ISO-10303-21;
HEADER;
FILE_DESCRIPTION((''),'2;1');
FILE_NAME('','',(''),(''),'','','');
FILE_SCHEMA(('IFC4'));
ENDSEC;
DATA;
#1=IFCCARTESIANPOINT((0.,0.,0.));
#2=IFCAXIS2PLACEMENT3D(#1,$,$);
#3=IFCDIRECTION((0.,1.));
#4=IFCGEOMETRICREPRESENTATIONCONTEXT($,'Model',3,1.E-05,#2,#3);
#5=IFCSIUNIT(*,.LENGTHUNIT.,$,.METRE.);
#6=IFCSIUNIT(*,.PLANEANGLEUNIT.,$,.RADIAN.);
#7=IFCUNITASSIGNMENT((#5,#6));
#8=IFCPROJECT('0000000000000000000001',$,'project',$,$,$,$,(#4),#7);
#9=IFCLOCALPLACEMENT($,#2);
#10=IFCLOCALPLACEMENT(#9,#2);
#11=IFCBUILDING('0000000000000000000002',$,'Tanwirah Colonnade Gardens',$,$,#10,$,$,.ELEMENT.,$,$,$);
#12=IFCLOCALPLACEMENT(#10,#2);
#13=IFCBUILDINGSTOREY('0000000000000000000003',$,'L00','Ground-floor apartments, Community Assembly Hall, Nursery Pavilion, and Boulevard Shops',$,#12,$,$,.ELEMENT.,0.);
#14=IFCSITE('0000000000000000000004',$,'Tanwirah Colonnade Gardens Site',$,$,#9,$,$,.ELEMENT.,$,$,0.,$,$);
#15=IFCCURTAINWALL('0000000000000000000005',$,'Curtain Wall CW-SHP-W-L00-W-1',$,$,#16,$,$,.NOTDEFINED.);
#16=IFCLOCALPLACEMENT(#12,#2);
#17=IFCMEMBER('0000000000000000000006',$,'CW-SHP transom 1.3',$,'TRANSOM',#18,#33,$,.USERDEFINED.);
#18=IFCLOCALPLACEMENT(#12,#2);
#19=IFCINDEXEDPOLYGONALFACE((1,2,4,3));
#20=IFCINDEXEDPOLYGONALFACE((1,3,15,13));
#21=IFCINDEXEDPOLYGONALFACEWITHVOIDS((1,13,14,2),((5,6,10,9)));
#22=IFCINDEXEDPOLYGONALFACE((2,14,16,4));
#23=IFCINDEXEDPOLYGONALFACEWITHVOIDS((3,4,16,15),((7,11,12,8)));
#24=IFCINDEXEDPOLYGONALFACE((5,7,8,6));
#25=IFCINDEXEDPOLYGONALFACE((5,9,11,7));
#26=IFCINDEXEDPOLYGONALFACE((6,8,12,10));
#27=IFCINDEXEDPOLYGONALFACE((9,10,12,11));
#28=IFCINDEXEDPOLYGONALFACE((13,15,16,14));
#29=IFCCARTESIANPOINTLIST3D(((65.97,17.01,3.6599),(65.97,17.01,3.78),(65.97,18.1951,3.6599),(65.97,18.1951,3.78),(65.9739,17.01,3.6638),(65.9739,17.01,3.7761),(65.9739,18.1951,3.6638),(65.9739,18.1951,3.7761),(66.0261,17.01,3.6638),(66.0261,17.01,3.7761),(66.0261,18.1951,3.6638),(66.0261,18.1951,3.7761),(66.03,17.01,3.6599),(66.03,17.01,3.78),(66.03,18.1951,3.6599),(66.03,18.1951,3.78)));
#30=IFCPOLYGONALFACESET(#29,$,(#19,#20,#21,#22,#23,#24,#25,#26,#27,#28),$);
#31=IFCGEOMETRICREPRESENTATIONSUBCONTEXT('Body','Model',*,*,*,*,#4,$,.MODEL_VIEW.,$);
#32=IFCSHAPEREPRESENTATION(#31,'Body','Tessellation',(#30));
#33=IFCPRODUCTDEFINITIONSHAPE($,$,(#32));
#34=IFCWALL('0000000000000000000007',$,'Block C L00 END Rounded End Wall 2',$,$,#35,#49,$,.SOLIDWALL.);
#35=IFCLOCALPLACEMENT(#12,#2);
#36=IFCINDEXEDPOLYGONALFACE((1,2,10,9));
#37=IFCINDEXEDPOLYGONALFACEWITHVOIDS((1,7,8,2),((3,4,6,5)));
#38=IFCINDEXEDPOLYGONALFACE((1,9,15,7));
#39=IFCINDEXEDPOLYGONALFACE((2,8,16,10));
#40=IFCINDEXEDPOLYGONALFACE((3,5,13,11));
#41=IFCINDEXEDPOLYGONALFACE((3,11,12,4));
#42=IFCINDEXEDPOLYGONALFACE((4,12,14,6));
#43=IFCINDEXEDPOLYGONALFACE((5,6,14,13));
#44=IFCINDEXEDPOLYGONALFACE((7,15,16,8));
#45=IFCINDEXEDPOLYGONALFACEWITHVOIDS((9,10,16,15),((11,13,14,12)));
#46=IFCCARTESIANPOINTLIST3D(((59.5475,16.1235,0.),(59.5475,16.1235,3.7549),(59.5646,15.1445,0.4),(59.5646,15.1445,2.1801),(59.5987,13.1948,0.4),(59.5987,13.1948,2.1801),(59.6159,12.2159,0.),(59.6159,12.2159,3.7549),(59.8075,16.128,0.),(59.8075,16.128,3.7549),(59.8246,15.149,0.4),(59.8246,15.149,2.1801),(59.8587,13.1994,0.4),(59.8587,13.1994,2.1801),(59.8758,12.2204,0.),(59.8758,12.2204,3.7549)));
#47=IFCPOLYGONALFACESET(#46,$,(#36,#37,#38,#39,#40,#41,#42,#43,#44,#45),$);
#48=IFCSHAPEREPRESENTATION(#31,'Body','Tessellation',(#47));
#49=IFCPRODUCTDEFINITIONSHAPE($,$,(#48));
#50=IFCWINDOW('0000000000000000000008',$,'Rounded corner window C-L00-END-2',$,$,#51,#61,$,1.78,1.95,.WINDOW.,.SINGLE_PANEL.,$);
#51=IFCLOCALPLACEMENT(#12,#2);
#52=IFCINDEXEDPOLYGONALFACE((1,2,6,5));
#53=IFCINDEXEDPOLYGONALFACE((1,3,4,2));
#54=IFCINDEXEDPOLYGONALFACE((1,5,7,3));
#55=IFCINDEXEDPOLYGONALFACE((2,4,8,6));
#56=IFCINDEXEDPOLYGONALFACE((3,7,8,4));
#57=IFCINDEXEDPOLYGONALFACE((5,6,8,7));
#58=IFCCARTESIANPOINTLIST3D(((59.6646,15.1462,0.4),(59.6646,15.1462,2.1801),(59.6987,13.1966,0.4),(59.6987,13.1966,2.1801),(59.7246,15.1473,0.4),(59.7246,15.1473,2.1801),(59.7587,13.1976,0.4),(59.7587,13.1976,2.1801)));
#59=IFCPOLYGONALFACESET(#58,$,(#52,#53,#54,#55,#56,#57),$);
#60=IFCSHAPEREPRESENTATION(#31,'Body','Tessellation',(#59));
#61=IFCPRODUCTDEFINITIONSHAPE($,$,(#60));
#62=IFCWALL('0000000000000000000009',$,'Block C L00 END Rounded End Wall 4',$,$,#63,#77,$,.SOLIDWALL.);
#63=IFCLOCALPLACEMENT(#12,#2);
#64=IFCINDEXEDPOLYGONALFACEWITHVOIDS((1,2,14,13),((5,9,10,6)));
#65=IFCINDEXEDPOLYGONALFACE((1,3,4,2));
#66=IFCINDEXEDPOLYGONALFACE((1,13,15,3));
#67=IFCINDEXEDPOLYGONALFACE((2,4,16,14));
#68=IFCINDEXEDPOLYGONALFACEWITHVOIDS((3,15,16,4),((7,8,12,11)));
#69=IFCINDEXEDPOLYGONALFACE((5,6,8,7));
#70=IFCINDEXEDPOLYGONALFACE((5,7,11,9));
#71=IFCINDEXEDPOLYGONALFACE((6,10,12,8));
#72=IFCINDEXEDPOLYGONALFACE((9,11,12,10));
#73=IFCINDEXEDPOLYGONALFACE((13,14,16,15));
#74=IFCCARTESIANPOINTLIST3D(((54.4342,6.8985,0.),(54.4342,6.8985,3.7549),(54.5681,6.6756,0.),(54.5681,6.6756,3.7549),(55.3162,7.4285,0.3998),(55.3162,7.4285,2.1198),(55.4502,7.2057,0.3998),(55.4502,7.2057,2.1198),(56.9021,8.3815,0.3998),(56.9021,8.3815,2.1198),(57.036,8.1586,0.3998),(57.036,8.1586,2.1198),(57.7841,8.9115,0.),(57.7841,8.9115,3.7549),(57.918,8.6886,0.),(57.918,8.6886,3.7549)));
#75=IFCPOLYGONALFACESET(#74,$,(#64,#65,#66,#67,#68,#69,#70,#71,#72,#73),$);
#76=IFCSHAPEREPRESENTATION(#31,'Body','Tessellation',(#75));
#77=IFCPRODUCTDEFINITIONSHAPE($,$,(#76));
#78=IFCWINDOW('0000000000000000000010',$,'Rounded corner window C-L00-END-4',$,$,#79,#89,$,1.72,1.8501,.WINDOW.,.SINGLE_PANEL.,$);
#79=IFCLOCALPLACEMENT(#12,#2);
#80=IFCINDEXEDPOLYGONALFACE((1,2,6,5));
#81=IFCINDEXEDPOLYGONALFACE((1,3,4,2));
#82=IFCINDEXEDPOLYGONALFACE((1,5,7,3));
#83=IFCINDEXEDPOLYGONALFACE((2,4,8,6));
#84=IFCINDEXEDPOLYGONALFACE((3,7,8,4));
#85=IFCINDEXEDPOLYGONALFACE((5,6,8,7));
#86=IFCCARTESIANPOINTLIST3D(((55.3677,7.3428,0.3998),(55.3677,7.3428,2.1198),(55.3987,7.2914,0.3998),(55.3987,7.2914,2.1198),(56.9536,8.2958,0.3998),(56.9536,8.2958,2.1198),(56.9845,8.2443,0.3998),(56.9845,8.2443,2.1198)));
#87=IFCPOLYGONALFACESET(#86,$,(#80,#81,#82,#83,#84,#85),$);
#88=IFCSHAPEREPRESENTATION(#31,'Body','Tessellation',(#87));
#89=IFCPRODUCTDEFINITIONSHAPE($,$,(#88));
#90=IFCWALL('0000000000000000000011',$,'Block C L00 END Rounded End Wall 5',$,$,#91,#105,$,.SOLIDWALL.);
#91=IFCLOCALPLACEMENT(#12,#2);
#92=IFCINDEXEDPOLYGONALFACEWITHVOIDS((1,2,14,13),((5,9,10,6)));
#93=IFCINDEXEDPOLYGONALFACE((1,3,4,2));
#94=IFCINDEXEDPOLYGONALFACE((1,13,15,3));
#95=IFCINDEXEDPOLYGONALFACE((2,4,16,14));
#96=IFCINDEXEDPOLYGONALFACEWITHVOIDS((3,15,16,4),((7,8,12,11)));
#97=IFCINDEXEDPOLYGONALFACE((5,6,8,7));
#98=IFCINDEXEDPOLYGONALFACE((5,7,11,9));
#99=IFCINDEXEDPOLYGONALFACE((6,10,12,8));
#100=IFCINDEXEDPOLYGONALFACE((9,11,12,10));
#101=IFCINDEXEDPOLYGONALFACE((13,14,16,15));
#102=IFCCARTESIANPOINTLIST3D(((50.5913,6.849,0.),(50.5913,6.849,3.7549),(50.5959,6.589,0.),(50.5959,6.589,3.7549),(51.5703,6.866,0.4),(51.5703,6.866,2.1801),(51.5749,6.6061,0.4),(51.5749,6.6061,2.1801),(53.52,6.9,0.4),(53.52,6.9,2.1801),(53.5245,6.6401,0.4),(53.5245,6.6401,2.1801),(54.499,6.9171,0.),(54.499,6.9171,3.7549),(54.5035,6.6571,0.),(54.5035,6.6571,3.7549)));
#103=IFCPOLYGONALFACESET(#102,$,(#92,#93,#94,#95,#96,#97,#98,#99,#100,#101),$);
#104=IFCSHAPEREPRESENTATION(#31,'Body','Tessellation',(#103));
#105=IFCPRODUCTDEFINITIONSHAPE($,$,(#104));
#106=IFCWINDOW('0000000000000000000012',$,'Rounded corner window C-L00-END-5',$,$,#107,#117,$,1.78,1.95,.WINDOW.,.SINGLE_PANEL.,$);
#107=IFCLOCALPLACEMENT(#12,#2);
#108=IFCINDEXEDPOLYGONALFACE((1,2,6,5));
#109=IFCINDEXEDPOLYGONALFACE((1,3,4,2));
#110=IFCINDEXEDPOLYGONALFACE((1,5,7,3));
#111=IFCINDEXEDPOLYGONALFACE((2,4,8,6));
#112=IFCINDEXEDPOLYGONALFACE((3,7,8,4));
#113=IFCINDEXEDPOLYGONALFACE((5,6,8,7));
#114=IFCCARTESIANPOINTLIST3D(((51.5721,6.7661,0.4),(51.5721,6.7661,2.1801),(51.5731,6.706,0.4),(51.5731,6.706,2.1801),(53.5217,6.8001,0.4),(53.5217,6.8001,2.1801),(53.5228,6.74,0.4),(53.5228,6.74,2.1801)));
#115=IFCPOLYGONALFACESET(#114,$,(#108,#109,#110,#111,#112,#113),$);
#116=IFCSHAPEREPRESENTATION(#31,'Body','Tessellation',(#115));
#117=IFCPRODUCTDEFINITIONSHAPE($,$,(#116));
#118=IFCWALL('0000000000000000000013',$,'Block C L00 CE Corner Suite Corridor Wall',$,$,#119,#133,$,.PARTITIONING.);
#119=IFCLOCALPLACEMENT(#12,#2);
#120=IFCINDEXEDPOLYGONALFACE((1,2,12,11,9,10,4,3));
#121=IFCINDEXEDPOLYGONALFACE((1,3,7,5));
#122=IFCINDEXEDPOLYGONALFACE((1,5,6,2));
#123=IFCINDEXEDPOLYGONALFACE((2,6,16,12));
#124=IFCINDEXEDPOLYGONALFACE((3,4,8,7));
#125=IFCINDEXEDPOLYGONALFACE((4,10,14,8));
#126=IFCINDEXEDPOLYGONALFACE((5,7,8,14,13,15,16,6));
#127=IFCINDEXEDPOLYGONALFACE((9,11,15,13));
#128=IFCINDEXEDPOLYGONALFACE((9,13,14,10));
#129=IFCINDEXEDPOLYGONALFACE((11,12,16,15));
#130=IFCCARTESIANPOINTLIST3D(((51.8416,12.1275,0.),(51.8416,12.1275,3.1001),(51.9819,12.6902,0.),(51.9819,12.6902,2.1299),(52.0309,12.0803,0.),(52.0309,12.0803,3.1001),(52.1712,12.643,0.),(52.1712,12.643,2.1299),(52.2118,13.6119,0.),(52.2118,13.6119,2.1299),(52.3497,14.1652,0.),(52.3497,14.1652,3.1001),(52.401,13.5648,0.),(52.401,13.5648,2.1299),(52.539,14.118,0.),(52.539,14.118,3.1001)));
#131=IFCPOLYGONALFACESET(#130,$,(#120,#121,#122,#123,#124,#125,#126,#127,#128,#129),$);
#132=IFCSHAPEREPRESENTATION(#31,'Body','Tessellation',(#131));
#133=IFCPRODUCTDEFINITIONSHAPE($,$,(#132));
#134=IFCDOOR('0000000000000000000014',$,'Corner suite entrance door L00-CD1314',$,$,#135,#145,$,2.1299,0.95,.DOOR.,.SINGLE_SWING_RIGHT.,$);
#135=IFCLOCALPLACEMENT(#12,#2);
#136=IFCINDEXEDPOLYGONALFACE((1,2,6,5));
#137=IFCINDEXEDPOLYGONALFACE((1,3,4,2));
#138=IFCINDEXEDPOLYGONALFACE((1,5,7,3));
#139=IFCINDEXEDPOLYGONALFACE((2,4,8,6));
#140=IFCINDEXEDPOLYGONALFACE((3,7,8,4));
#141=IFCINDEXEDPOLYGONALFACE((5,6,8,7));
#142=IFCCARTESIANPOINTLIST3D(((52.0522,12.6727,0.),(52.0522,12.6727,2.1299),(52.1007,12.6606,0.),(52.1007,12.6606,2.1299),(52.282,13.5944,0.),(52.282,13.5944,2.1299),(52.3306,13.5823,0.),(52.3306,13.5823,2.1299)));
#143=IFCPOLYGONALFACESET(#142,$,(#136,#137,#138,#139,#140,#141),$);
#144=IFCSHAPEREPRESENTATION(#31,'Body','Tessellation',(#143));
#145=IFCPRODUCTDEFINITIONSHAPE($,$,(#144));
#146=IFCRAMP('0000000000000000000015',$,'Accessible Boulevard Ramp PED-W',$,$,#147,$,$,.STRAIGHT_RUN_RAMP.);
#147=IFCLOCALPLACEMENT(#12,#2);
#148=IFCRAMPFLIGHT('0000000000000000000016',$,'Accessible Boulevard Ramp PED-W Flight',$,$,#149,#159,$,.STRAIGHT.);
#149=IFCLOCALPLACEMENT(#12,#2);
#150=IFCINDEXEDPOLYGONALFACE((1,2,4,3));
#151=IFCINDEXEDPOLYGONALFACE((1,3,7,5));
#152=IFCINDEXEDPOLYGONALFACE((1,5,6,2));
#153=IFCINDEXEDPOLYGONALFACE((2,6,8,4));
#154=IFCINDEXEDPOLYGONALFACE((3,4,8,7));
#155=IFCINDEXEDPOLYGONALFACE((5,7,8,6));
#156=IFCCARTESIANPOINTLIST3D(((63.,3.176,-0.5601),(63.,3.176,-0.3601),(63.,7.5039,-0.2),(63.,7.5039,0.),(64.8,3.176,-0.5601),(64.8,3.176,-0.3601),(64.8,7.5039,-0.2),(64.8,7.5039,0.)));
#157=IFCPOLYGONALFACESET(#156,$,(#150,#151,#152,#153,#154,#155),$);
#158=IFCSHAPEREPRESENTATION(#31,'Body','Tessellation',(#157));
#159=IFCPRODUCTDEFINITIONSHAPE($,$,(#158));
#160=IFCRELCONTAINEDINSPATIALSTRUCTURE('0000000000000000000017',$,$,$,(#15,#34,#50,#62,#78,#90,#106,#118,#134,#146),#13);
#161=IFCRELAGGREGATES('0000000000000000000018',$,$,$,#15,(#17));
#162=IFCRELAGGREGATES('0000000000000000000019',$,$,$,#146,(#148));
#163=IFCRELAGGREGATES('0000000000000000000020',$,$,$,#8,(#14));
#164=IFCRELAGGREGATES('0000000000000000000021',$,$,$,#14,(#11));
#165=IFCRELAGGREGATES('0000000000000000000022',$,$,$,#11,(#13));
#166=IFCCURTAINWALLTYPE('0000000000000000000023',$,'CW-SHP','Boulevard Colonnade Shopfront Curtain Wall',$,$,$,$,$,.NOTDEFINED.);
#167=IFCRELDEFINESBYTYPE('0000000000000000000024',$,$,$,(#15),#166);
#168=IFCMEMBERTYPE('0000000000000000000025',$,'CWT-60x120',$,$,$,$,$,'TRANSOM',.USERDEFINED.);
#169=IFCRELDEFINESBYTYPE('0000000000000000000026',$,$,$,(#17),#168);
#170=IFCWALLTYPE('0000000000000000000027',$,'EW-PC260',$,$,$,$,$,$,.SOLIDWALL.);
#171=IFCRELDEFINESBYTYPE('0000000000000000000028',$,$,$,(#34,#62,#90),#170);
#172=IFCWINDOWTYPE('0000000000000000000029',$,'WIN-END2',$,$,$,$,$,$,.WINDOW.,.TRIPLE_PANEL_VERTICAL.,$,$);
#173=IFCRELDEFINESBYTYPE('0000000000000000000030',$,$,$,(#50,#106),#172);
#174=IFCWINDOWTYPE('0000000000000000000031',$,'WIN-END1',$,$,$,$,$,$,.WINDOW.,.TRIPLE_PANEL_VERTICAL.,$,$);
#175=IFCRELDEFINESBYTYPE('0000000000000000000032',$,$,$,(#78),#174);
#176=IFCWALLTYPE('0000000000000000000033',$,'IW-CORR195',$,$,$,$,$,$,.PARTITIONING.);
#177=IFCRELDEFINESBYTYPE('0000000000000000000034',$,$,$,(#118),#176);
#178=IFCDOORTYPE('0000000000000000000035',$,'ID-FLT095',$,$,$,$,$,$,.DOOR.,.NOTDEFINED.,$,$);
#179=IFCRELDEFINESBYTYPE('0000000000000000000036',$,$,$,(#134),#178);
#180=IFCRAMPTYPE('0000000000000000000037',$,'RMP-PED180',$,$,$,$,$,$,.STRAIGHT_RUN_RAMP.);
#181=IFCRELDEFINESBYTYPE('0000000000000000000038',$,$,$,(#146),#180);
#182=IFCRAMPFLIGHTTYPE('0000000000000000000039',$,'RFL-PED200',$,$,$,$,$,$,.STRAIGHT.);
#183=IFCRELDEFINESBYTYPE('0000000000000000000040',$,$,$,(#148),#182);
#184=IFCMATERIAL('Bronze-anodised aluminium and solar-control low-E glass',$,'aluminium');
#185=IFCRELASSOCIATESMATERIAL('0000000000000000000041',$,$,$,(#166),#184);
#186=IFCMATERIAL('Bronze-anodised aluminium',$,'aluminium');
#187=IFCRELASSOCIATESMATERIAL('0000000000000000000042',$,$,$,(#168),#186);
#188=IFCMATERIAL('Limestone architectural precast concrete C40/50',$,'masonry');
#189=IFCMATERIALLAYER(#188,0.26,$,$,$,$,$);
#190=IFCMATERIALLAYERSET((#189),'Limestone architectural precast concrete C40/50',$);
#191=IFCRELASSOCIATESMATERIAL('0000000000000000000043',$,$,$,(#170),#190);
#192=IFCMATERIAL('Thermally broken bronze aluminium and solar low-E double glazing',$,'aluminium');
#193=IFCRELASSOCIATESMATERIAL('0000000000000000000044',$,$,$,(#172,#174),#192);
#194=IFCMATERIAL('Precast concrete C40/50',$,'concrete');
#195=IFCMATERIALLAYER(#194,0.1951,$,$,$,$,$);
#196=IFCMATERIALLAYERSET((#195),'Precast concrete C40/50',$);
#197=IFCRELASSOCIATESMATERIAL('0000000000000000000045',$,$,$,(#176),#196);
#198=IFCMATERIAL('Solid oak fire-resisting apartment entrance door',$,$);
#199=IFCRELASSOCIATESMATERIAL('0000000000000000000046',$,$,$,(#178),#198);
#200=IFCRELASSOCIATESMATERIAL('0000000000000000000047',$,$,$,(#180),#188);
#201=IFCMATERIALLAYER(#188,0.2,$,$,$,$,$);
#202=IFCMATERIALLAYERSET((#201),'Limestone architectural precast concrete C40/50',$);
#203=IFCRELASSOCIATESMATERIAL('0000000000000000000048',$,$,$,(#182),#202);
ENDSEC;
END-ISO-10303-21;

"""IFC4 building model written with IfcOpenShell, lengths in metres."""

from ifc_helpers import new_model, si_unit, direction, frame, frame_2d, origin, origin_2d, place, context, subcontext, project, spatial, polyline, rectangle, hollow_rectangle, outline, extrude, material, layer, layer_set, material_profile, profile_set, type_object, element, fill, aggregate, save


model = new_model("IFC4")

# Units and contexts
model_context = context("Model", 3, precision=1e-05, world=origin(), true_north=direction((0.0, 1.0)))
body_context = subcontext(model_context, "Body", "Model", "MODEL_VIEW")
ifc_project = project(units=[si_unit("LENGTHUNIT", "METRE"), si_unit("PLANEANGLEUNIT", "RADIAN")], contexts=[model_context])

# Site, building, storey
site_placement = place(None, origin())
site = spatial("IfcSite", under=ifc_project, at=site_placement, Name="Tanwirah Colonnade Gardens Site", CompositionType="ELEMENT", RefElevation=0.0)
building_placement = place(site_placement, origin())
building = spatial("IfcBuilding", under=site, at=building_placement, Name="Tanwirah Colonnade Gardens", CompositionType="ELEMENT")
storey_placement = place(building_placement, origin())
storey = spatial("IfcBuildingStorey", under=building, at=storey_placement, Name="L00", Description="Ground-floor apartments, Community Assembly Hall, Nursery Pavilion, and Boulevard Shops", CompositionType="ELEMENT", Elevation=0.0)

# Shared definitions
ifc_material_1 = material(Name="Precast concrete C40/50", Category="concrete")

# Curtain wall, member
ifc_material_2 = material(Name="Bronze-anodised aluminium and solar-control low-E glass", Category="aluminium")
curtain_wall_type = type_object("IfcCurtainWallType", Name="CW-SHP", Description="Boulevard Colonnade Shopfront Curtain Wall", PredefinedType="NOTDEFINED", material=ifc_material_2)
curtain_wall_placement = place(storey_placement, origin())
curtain_wall = element("IfcCurtainWall", 1, at=curtain_wall_placement, inside=storey, type_object=curtain_wall_type, Name="Curtain Wall CW-SHP-W-L00-W-1", PredefinedType="NOTDEFINED")
ifc_material_3 = material(Name="Bronze-anodised aluminium", Category="aluminium")
ifc_material_profile_1 = material_profile(ifc_material_3, hollow_rectangle(XDim=0.0601, YDim=0.1201, WallThickness=0.0039, at=origin_2d()), Name="CW-TRN 60x120x4")
ifc_profile_set_1 = profile_set([ifc_material_profile_1], Name="Bronze-anodised aluminium")
member_type_1 = type_object("IfcMemberType", Name="CWT-60x120", ElementType="TRANSOM", PredefinedType="USERDEFINED", material=ifc_profile_set_1)
member_1_placement = place(storey_placement, frame((66.0, 17.01, 3.72), z_axis=(0.0, 1.0, 0.0), x_axis=(-1.0, 0.0, 0.0)))
member_1 = element("IfcMember", 2, at=member_1_placement, type_object=member_type_1, Name="CW-SHP transom 1.3", ObjectType="TRANSOM", PredefinedType="USERDEFINED", context=body_context, shape_type="SweptSolid", body=[
    extrude(hollow_rectangle(XDim=0.0601, YDim=0.1201, WallThickness=0.0039, at=origin_2d()), origin(), (0.0, 0.0, 1.0), 1.1851),
])
aggregate(curtain_wall, [member_1])

# Walls, openings, windows
ifc_material_4 = material(Name="Limestone architectural precast concrete C40/50", Category="masonry")
ifc_layer_1 = layer(ifc_material_4, 0.26)
ifc_layer_set_1 = layer_set([ifc_layer_1], Name="Limestone architectural precast concrete C40/50")
wall_type_1 = type_object("IfcWallType", Name="EW-PC260", PredefinedType="SOLIDWALL", material=ifc_layer_set_1)
wall_1_placement = place(storey_placement, frame((59.6775, 16.1257, 0.0), z_axis=(0.0, 0.0, 1.0), x_axis=(0.017491, -0.999847, 0.0)))
wall_1 = element("IfcWall", 3, at=wall_1_placement, inside=storey, type_object=wall_type_1, Name="Block C L00 END Rounded End Wall 2", PredefinedType="SOLIDWALL", context=body_context, shape_type="SweptSolid", body=[
    extrude(rectangle(XDim=3.9082, YDim=0.26, at=frame_2d((1.9541, 0.0))), origin(), (0.0, 0.0, 1.0), 3.7549),
])
opening_1_placement = place(wall_1_placement, frame((0.979, 0.0, 0.3999)))
opening_1 = element("IfcOpeningElement", 4, at=opening_1_placement, cuts=wall_1, PredefinedType="OPENING", context=body_context, shape_type="SweptSolid", body=[
    extrude(rectangle(XDim=1.95, YDim=1.78, at=frame_2d((0.9751, 0.8901))), frame((0.0, 0.1399, 0.0), z_axis=(0.0, -1.0, 0.0), x_axis=(1.0, 0.0, 0.0)), (0.0, 0.0, 1.0), 0.28),
])
ifc_material_5 = material(Name="Thermally broken bronze aluminium and solar low-E double glazing", Category="aluminium")
window_type_1 = type_object("IfcWindowType", Name="WIN-END2", PartitioningType="TRIPLE_PANEL_VERTICAL", PredefinedType="WINDOW", material=ifc_material_5)
window_1_placement = place(opening_1_placement, origin())
window_1 = element("IfcWindow", 5, at=window_1_placement, inside=storey, type_object=window_type_1, Name="Rounded corner window C-L00-END-2", OverallHeight=1.78, OverallWidth=1.95, PartitioningType="SINGLE_PANEL", PredefinedType="WINDOW", context=body_context, shape_type="SweptSolid", body=[
    extrude(rectangle(XDim=1.95, YDim=1.78, at=frame_2d((0.9751, 0.8901))), frame((0.0, 0.03, 0.0), z_axis=(0.0, -1.0, 0.0), x_axis=(1.0, 0.0, 0.0)), (0.0, 0.0, 1.0), 0.0601),
])
fill(opening_1, window_1)
wall_2_placement = place(storey_placement, frame((57.8511, 8.8, 0.0), z_axis=(0.0, 0.0, 1.0), x_axis=(-0.857151, -0.515065, 0.0)))
wall_2 = element("IfcWall", 6, at=wall_2_placement, inside=storey, type_object=wall_type_1, Name="Block C L00 END Rounded End Wall 4", PredefinedType="SOLIDWALL", context=body_context, shape_type="SweptSolid", body=[
    extrude(rectangle(XDim=3.9082, YDim=0.26, at=frame_2d((1.9541, 0.0))), origin(), (0.0, 0.0, 1.0), 3.7549),
])
opening_2_placement = place(wall_2_placement, frame((1.0291, 0.0, 0.3999)))
opening_2 = element("IfcOpeningElement", 7, at=opening_2_placement, cuts=wall_2, PredefinedType="OPENING", context=body_context, shape_type="SweptSolid", body=[
    extrude(rectangle(XDim=1.8501, YDim=1.72, at=frame_2d((0.925, 0.8599))), frame((0.0, 0.1399, 0.0), z_axis=(0.0, -1.0, 0.0), x_axis=(1.0, 0.0, 0.0)), (0.0, 0.0, 1.0), 0.28),
])
window_type_2 = type_object("IfcWindowType", Name="WIN-END1", PartitioningType="TRIPLE_PANEL_VERTICAL", PredefinedType="WINDOW", material=ifc_material_5)
window_2_placement = place(opening_2_placement, origin())
window_2 = element("IfcWindow", 8, at=window_2_placement, inside=storey, type_object=window_type_2, Name="Rounded corner window C-L00-END-4", OverallHeight=1.72, OverallWidth=1.8501, PartitioningType="SINGLE_PANEL", PredefinedType="WINDOW", context=body_context, shape_type="SweptSolid", body=[
    extrude(rectangle(XDim=1.8501, YDim=1.72, at=frame_2d((0.925, 0.8599))), frame((0.0, 0.03, 0.0), z_axis=(0.0, -1.0, 0.0), x_axis=(1.0, 0.0, 0.0)), (0.0, 0.0, 1.0), 0.0601),
])
fill(opening_2, window_2)
wall_3_placement = place(storey_placement, frame((54.5012, 6.7871, 0.0), z_axis=(0.0, 0.0, 1.0), x_axis=(-0.999848, -0.017428, 0.0)))
wall_3 = element("IfcWall", 9, at=wall_3_placement, inside=storey, type_object=wall_type_1, Name="Block C L00 END Rounded End Wall 5", PredefinedType="SOLIDWALL", context=body_context, shape_type="SweptSolid", body=[
    extrude(rectangle(XDim=3.9082, YDim=0.26, at=frame_2d((1.9541, 0.0))), origin(), (0.0, 0.0, 1.0), 3.7549),
])
opening_3_placement = place(wall_3_placement, frame((0.979, 0.0, 0.3999)))
opening_3 = element("IfcOpeningElement", 10, at=opening_3_placement, cuts=wall_3, PredefinedType="OPENING", context=body_context, shape_type="SweptSolid", body=[
    extrude(rectangle(XDim=1.95, YDim=1.78, at=frame_2d((0.9751, 0.8901))), frame((0.0, 0.1399, 0.0), z_axis=(0.0, -1.0, 0.0), x_axis=(1.0, 0.0, 0.0)), (0.0, 0.0, 1.0), 0.28),
])
window_3_placement = place(opening_3_placement, origin())
window_3 = element("IfcWindow", 11, at=window_3_placement, inside=storey, type_object=window_type_1, Name="Rounded corner window C-L00-END-5", OverallHeight=1.78, OverallWidth=1.95, PartitioningType="SINGLE_PANEL", PredefinedType="WINDOW", context=body_context, shape_type="SweptSolid", body=[
    extrude(rectangle(XDim=1.95, YDim=1.78, at=frame_2d((0.9751, 0.8901))), frame((0.0, 0.03, 0.0), z_axis=(0.0, -1.0, 0.0), x_axis=(1.0, 0.0, 0.0)), (0.0, 0.0, 1.0), 0.0601),
])
fill(opening_3, window_3)

# Wall, opening, door
ifc_layer_2 = layer(ifc_material_1, 0.1951)
ifc_layer_set_2 = layer_set([ifc_layer_2], Name="Precast concrete C40/50")
wall_type_2 = type_object("IfcWallType", Name="IW-CORR195", PredefinedType="PARTITIONING", material=ifc_layer_set_2)
wall_4_placement = place(storey_placement, frame((52.4443, 14.1416, 0.0), z_axis=(0.0, 0.0, 1.0), x_axis=(-0.241934, -0.970293, 0.0)))
wall_4 = element("IfcWall", 12, at=wall_4_placement, inside=storey, type_object=wall_type_2, Name="Block C L00 CE Corner Suite Corridor Wall", PredefinedType="PARTITIONING", context=body_context, shape_type="SweptSolid", body=[
    extrude(rectangle(XDim=2.1001, YDim=0.1951, at=frame_2d((1.05, 0.0))), origin(), (0.0, 0.0, 1.0), 3.1001),
])
opening_4_placement = place(wall_4_placement, frame((0.5701, 0.0, 0.0)))
opening_4 = element("IfcOpeningElement", 13, at=opening_4_placement, cuts=wall_4, PredefinedType="OPENING", context=body_context, shape_type="SweptSolid", body=[
    extrude(rectangle(XDim=0.95, YDim=2.1299, at=frame_2d((0.4751, 1.0649))), frame((0.0, 0.1074, 0.0), z_axis=(0.0, -1.0, 0.0), x_axis=(1.0, 0.0, 0.0)), (0.0, 0.0, 1.0), 0.2151),
])
ifc_material_6 = material(Name="Solid oak fire-resisting apartment entrance door")
door_type = type_object("IfcDoorType", Name="ID-FLT095", OperationType="NOTDEFINED", PredefinedType="DOOR", material=ifc_material_6)
door_placement = place(opening_4_placement, origin())
door = element("IfcDoor", 14, at=door_placement, inside=storey, type_object=door_type, Name="Corner suite entrance door L00-CD1314", OperationType="SINGLE_SWING_RIGHT", OverallHeight=2.1299, OverallWidth=0.95, PredefinedType="DOOR", context=body_context, shape_type="SweptSolid", body=[
    extrude(rectangle(XDim=0.95, YDim=2.1299, at=frame_2d((0.4751, 1.0649))), frame((0.0, 0.0249, 0.0), z_axis=(0.0, -1.0, 0.0), x_axis=(1.0, 0.0, 0.0)), (0.0, 0.0, 1.0), 0.05),
])
fill(opening_4, door)

# Ramp, ramp flight
ramp_type = type_object("IfcRampType", Name="RMP-PED180", PredefinedType="STRAIGHT_RUN_RAMP", material=ifc_material_4)
ramp_placement = place(storey_placement, origin())
ramp = element("IfcRamp", 15, at=ramp_placement, inside=storey, type_object=ramp_type, Name="Accessible Boulevard Ramp PED-W", PredefinedType="STRAIGHT_RUN_RAMP")
ifc_layer_3 = layer(ifc_material_4, 0.2)
ifc_layer_set_3 = layer_set([ifc_layer_3], Name="Limestone architectural precast concrete C40/50")
ramp_flight_type = type_object("IfcRampFlightType", Name="RFL-PED200", PredefinedType="STRAIGHT", material=ifc_layer_set_3)
ramp_flight_placement = place(storey_placement, frame((63.8999, 3.176, -0.3601), z_axis=(0.0, 0.0, 1.0), x_axis=(0.0, 1.0, 0.0)))
ramp_flight = element("IfcRampFlight", 16, at=ramp_flight_placement, type_object=ramp_flight_type, Name="Accessible Boulevard Ramp PED-W Flight", PredefinedType="STRAIGHT", context=body_context, shape_type="SweptSolid", body=[
    extrude(outline(polyline([(0.0, 0.0), (4.3279, 0.3601), (4.3279, 0.1602), (0.0, -0.2), (0.0, 0.0)])), frame((0.0, 0.8999, 0.0), z_axis=(0.0, -1.0, 0.0), x_axis=(1.0, 0.0, 0.0)), (0.0, 0.0, 1.0), 1.8),
])
aggregate(ramp, [ramp_flight])

save(model, "model.ifc")
